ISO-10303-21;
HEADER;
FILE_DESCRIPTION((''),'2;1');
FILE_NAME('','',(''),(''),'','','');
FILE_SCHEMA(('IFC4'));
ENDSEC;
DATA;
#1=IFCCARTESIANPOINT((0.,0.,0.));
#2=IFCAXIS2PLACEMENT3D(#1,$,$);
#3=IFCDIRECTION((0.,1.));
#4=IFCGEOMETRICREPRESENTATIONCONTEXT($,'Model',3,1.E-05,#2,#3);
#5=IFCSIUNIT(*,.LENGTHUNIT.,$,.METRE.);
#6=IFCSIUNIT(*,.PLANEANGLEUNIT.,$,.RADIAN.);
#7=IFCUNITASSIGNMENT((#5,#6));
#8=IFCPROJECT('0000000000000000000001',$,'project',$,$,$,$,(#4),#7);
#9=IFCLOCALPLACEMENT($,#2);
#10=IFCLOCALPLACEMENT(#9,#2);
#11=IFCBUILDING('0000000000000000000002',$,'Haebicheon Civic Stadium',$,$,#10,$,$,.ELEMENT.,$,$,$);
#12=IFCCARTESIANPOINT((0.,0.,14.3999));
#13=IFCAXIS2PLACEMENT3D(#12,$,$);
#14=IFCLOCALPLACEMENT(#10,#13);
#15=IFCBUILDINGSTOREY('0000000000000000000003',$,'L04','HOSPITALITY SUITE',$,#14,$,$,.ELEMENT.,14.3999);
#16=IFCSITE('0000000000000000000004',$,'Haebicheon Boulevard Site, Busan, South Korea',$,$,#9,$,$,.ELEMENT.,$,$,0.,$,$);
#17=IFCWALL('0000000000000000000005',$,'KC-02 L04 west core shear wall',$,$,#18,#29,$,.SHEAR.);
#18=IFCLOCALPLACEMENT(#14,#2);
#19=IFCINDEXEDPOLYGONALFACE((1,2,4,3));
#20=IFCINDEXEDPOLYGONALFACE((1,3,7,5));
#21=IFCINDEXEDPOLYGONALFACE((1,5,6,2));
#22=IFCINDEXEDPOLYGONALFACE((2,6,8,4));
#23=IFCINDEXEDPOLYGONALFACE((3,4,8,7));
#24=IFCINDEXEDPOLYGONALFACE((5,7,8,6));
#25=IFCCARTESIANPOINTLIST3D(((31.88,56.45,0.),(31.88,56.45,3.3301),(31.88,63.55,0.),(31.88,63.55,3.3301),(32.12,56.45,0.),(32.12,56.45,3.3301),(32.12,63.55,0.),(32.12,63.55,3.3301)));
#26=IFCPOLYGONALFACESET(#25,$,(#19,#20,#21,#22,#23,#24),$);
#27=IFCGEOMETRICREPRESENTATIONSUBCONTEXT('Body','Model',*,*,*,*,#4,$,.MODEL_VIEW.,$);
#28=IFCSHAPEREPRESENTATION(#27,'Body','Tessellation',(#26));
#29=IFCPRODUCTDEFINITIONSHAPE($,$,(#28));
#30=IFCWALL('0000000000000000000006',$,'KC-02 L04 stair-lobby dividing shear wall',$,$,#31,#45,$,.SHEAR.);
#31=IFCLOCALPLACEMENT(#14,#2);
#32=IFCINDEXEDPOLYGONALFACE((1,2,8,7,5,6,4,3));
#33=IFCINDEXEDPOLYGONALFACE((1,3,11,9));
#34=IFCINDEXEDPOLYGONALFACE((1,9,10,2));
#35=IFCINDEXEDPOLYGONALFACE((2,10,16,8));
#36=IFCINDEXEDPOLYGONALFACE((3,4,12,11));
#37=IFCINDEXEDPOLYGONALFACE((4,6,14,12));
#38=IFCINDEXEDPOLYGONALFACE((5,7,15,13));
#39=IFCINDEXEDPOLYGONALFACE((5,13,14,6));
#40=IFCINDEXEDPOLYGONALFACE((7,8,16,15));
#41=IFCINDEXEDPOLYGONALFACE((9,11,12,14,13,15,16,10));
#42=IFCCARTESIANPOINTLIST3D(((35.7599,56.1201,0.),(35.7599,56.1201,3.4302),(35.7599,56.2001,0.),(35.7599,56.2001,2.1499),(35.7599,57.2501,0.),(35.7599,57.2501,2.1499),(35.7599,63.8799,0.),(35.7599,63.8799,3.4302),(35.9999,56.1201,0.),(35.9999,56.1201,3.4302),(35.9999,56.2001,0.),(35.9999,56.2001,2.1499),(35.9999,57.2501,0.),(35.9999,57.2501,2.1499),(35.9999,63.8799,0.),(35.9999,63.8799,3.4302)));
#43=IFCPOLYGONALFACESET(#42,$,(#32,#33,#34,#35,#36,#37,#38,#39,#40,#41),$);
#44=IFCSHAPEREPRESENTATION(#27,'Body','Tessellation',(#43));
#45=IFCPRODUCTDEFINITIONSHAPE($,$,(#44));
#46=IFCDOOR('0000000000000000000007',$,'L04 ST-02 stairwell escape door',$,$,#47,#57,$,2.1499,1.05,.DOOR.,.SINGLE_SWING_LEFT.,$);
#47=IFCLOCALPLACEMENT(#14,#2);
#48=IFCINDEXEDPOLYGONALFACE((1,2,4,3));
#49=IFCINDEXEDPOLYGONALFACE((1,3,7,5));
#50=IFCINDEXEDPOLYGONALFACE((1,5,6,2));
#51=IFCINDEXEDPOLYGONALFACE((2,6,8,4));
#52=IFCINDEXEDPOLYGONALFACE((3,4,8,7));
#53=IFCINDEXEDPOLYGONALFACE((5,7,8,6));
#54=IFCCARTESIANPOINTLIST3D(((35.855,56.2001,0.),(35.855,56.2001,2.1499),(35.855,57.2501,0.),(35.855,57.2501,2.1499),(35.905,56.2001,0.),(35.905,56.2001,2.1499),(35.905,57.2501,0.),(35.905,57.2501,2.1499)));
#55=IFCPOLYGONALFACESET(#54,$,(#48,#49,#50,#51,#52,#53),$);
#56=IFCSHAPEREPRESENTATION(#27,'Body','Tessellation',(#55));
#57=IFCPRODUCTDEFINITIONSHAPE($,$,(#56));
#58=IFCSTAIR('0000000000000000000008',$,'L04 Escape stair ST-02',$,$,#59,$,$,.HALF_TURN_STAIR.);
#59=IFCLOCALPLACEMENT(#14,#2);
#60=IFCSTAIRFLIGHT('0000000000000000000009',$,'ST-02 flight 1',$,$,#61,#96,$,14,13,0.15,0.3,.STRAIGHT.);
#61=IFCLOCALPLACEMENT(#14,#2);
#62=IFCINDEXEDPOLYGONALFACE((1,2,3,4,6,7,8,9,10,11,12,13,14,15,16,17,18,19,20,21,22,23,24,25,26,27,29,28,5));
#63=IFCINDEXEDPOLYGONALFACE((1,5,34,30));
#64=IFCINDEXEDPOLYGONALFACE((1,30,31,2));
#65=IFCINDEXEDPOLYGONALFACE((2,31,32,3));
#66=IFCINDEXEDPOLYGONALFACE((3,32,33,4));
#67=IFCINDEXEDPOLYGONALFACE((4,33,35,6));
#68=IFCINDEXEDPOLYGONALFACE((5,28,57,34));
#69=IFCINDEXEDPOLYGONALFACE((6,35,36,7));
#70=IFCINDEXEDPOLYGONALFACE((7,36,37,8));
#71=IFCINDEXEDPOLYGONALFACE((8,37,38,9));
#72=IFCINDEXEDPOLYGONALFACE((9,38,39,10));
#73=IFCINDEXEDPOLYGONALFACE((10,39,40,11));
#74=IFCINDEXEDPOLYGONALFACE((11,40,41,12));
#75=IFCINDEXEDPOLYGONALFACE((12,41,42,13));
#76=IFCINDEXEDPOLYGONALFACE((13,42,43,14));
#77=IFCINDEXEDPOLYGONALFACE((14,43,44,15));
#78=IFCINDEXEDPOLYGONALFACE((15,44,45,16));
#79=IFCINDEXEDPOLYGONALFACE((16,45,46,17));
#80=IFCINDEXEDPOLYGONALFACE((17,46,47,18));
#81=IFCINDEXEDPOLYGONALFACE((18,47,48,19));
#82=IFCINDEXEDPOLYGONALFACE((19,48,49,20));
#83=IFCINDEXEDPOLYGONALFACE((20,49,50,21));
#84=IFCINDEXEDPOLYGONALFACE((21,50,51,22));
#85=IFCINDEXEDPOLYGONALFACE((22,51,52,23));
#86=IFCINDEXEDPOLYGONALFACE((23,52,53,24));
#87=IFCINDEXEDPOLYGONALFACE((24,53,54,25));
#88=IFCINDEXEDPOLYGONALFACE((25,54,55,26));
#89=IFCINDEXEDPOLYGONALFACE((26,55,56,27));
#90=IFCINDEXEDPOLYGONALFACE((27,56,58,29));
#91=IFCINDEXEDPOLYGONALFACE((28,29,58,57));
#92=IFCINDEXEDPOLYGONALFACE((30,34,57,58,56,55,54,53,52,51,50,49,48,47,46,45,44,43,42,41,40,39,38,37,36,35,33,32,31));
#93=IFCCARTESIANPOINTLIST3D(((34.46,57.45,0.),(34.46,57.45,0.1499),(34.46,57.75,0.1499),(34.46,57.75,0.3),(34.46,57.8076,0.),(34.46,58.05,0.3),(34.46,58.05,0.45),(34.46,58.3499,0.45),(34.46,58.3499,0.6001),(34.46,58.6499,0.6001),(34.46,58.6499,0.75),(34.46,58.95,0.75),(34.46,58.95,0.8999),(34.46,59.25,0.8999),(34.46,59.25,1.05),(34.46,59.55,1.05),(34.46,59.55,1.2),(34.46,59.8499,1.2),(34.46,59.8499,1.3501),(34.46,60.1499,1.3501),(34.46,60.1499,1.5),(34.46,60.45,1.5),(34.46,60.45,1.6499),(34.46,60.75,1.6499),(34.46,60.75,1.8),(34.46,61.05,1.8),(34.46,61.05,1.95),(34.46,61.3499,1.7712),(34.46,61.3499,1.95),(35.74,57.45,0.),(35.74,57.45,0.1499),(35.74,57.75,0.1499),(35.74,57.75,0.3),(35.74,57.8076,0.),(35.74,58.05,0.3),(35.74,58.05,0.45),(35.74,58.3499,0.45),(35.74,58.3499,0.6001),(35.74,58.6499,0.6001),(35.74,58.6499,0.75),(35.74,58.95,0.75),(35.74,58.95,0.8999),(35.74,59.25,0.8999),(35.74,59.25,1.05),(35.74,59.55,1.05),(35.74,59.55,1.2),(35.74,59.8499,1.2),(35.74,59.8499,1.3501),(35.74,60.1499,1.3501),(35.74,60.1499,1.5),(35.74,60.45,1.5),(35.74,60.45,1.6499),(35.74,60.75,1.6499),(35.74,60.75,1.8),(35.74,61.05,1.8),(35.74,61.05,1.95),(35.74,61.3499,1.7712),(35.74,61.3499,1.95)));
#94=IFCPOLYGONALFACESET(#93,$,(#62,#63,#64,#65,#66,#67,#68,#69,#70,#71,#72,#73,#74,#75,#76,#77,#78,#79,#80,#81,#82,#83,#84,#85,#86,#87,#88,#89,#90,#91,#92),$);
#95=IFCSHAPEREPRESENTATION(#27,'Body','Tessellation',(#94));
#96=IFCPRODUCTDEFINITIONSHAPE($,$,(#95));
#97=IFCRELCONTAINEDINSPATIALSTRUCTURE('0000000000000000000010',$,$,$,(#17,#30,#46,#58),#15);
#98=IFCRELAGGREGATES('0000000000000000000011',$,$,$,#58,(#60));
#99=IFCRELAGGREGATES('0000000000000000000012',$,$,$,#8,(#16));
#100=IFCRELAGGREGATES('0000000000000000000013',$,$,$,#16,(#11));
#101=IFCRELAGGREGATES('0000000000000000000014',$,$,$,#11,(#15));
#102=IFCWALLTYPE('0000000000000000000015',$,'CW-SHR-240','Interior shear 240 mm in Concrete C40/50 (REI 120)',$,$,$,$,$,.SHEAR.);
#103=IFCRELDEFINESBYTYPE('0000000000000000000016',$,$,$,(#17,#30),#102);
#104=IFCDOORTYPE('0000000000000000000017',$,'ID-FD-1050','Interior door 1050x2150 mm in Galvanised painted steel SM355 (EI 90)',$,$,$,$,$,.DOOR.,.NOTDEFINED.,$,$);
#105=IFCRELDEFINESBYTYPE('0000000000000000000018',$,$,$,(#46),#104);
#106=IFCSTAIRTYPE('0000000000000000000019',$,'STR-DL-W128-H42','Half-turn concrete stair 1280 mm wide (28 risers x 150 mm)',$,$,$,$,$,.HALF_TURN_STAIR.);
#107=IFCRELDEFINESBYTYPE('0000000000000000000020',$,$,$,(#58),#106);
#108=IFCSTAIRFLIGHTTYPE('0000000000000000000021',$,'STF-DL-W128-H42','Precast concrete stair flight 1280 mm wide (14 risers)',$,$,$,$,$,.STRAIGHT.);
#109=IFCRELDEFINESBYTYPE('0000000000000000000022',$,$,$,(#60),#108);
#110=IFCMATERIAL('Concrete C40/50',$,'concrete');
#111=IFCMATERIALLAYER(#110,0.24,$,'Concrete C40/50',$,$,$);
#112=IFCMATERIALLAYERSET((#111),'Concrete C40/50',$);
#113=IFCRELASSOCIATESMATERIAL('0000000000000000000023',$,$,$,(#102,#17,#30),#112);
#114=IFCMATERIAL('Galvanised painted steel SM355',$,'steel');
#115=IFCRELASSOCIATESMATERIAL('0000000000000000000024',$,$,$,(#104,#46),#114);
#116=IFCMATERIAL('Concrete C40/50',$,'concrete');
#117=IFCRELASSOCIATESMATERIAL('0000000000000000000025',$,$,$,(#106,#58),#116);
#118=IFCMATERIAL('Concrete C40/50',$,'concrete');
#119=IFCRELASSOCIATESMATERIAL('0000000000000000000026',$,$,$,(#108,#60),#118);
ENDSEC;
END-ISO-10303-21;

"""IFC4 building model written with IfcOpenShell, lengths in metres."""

from ifc_helpers import new_model, si_unit, direction, frame, frame_2d, origin, place, context, subcontext, project, spatial, polyline, rectangle, outline, extrude, material, layer, layer_set, type_object, element, fill, aggregate, save


model = new_model("IFC4")

# Units and contexts
model_context = context("Model", 3, precision=1e-05, world=origin(), true_north=direction((0.0, 1.0)))
body_context = subcontext(model_context, "Body", "Model", "MODEL_VIEW")
ifc_project = project(units=[si_unit("LENGTHUNIT", "METRE"), si_unit("PLANEANGLEUNIT", "RADIAN")], contexts=[model_context])

# Site, building, storey
site_placement = place(None, origin())
site = spatial("IfcSite", under=ifc_project, at=site_placement, Name="Haebicheon Boulevard Site, Busan, South Korea", CompositionType="ELEMENT", RefElevation=0.0)
building_placement = place(site_placement, origin())
building = spatial("IfcBuilding", under=site, at=building_placement, Name="Haebicheon Civic Stadium", CompositionType="ELEMENT")
storey_placement = place(building_placement, frame((0.0, 0.0, 14.3999)))
storey = spatial("IfcBuildingStorey", under=building, at=storey_placement, Name="L04", Description="HOSPITALITY SUITE", CompositionType="ELEMENT", Elevation=14.3999)

# Shared definitions
ifc_material_1 = material(Name="Concrete C40/50", Category="concrete")
ifc_layer = layer(ifc_material_1, 0.24, Name="Concrete C40/50")
ifc_layer_set = layer_set([ifc_layer], Name="Concrete C40/50")
wall_type = type_object("IfcWallType", Name="CW-SHR-240", Description="Interior shear 240 mm in Concrete C40/50 (REI 120)", PredefinedType="SHEAR", material=ifc_layer_set)

# Wall
wall_1_placement = place(storey_placement, frame((32.0, 56.45, 0.0), z_axis=(0.0, 0.0, 1.0), x_axis=(0.0, 1.0, 0.0)))
element("IfcWall", 1, at=wall_1_placement, inside=storey, type_object=wall_type, material=ifc_layer_set, Name="KC-02 L04 west core shear wall", PredefinedType="SHEAR", context=body_context, shape_type="SweptSolid", body=[
    extrude(rectangle(XDim=7.1001, YDim=0.24, at=frame_2d((3.55, 0.0))), origin(), (0.0, 0.0, 1.0), 3.3301),
])

# Wall, opening, door
wall_2_placement = place(storey_placement, frame((35.8799, 56.1201, 0.0), z_axis=(0.0, 0.0, 1.0), x_axis=(0.0, 1.0, 0.0)))
wall_2 = element("IfcWall", 2, at=wall_2_placement, inside=storey, type_object=wall_type, material=ifc_layer_set, Name="KC-02 L04 stair-lobby dividing shear wall", PredefinedType="SHEAR", context=body_context, shape_type="SweptSolid", body=[
    extrude(rectangle(XDim=7.7598, YDim=0.24, at=frame_2d((3.8799, 0.0))), origin(), (0.0, 0.0, 1.0), 3.4302),
])
opening_1_placement = place(wall_2_placement, frame((0.0801, 0.0, 0.0)))
opening_1 = element("IfcOpeningElement", 3, at=opening_1_placement, cuts=wall_2, PredefinedType="OPENING", context=body_context, shape_type="SweptSolid", body=[
    extrude(rectangle(XDim=1.05, YDim=2.1499, at=frame_2d((0.5249, 1.075))), frame((0.0, 0.1299, 0.0), z_axis=(0.0, -1.0, 0.0), x_axis=(1.0, 0.0, 0.0)), (0.0, 0.0, 1.0), 0.26),
])
ifc_material_2 = material(Name="Galvanised painted steel SM355", Category="steel")
door_type_1 = type_object("IfcDoorType", Name="ID-FD-1050", Description="Interior door 1050x2150 mm in Galvanised painted steel SM355 (EI 90)", OperationType="NOTDEFINED", PredefinedType="DOOR", material=ifc_material_2)
door_1_placement = place(opening_1_placement, origin())
door_1 = element("IfcDoor", 4, at=door_1_placement, inside=storey, type_object=door_type_1, material=ifc_material_2, Name="L04 ST-02 stairwell escape door", OperationType="SINGLE_SWING_LEFT", OverallHeight=2.1499, OverallWidth=1.05, PredefinedType="DOOR", context=body_context, shape_type="SweptSolid", body=[
    extrude(rectangle(XDim=1.05, YDim=2.1499, at=frame_2d((0.5249, 1.075))), frame((0.0, 0.0249, 0.0), z_axis=(0.0, -1.0, 0.0), x_axis=(1.0, 0.0, 0.0)), (0.0, 0.0, 1.0), 0.05),
])
fill(opening_1, door_1)

# Stair, stair flight
ifc_material_3 = material(Name="Concrete C40/50", Category="concrete")
stair_type = type_object("IfcStairType", Name="STR-DL-W128-H42", Description="Half-turn concrete stair 1280 mm wide (28 risers x 150 mm)", PredefinedType="HALF_TURN_STAIR", material=ifc_material_3)
stair_placement = place(storey_placement, origin())
stair = element("IfcStair", 5, at=stair_placement, inside=storey, type_object=stair_type, material=ifc_material_3, Name="L04 Escape stair ST-02", PredefinedType="HALF_TURN_STAIR")
ifc_material_4 = material(Name="Concrete C40/50", Category="concrete")
stair_flight_type = type_object("IfcStairFlightType", Name="STF-DL-W128-H42", Description="Precast concrete stair flight 1280 mm wide (14 risers)", PredefinedType="STRAIGHT", material=ifc_material_4)
stair_flight_placement = place(storey_placement, frame((35.1001, 57.45, 0.0), z_axis=(0.0, 0.0, 1.0), x_axis=(0.0, 1.0, 0.0)))
stair_flight = element("IfcStairFlight", 6, at=stair_flight_placement, type_object=stair_flight_type, material=ifc_material_4, Name="ST-02 flight 1", NumberOfRisers=14, NumberOfTreads=13, PredefinedType="STRAIGHT", RiserHeight=0.15, TreadLength=0.3, context=body_context, shape_type="SweptSolid", body=[
    extrude(outline(polyline([(0.0, 0.0), (0.0, 0.1499), (0.3, 0.1499), (0.3, 0.3), (0.6001, 0.3), (0.6001, 0.45), (0.8999, 0.45), (0.8999, 0.6001), (1.2, 0.6001), (1.2, 0.75), (1.5, 0.75), (1.5, 0.8999), (1.8, 0.8999), (1.8, 1.05), (2.1001, 1.05), (2.1001, 1.2), (2.3999, 1.2), (2.3999, 1.3501), (2.7, 1.3501), (2.7, 1.5), (3.0, 1.5), (3.0, 1.6499), (3.3, 1.6499), (3.3, 1.8), (3.6001, 1.8), (3.6001, 1.95), (3.8999, 1.95), (3.8999, 2.1001), (3.8999, 1.7712), (0.3577, 0.0), (0.0, 0.0)])), frame((0.0, 0.6401, 0.0), z_axis=(0.0, -1.0, 0.0), x_axis=(1.0, 0.0, 0.0)), (0.0, 0.0, 1.0), 1.28),
])
aggregate(stair, [stair_flight])

save(model, "model.ifc")
